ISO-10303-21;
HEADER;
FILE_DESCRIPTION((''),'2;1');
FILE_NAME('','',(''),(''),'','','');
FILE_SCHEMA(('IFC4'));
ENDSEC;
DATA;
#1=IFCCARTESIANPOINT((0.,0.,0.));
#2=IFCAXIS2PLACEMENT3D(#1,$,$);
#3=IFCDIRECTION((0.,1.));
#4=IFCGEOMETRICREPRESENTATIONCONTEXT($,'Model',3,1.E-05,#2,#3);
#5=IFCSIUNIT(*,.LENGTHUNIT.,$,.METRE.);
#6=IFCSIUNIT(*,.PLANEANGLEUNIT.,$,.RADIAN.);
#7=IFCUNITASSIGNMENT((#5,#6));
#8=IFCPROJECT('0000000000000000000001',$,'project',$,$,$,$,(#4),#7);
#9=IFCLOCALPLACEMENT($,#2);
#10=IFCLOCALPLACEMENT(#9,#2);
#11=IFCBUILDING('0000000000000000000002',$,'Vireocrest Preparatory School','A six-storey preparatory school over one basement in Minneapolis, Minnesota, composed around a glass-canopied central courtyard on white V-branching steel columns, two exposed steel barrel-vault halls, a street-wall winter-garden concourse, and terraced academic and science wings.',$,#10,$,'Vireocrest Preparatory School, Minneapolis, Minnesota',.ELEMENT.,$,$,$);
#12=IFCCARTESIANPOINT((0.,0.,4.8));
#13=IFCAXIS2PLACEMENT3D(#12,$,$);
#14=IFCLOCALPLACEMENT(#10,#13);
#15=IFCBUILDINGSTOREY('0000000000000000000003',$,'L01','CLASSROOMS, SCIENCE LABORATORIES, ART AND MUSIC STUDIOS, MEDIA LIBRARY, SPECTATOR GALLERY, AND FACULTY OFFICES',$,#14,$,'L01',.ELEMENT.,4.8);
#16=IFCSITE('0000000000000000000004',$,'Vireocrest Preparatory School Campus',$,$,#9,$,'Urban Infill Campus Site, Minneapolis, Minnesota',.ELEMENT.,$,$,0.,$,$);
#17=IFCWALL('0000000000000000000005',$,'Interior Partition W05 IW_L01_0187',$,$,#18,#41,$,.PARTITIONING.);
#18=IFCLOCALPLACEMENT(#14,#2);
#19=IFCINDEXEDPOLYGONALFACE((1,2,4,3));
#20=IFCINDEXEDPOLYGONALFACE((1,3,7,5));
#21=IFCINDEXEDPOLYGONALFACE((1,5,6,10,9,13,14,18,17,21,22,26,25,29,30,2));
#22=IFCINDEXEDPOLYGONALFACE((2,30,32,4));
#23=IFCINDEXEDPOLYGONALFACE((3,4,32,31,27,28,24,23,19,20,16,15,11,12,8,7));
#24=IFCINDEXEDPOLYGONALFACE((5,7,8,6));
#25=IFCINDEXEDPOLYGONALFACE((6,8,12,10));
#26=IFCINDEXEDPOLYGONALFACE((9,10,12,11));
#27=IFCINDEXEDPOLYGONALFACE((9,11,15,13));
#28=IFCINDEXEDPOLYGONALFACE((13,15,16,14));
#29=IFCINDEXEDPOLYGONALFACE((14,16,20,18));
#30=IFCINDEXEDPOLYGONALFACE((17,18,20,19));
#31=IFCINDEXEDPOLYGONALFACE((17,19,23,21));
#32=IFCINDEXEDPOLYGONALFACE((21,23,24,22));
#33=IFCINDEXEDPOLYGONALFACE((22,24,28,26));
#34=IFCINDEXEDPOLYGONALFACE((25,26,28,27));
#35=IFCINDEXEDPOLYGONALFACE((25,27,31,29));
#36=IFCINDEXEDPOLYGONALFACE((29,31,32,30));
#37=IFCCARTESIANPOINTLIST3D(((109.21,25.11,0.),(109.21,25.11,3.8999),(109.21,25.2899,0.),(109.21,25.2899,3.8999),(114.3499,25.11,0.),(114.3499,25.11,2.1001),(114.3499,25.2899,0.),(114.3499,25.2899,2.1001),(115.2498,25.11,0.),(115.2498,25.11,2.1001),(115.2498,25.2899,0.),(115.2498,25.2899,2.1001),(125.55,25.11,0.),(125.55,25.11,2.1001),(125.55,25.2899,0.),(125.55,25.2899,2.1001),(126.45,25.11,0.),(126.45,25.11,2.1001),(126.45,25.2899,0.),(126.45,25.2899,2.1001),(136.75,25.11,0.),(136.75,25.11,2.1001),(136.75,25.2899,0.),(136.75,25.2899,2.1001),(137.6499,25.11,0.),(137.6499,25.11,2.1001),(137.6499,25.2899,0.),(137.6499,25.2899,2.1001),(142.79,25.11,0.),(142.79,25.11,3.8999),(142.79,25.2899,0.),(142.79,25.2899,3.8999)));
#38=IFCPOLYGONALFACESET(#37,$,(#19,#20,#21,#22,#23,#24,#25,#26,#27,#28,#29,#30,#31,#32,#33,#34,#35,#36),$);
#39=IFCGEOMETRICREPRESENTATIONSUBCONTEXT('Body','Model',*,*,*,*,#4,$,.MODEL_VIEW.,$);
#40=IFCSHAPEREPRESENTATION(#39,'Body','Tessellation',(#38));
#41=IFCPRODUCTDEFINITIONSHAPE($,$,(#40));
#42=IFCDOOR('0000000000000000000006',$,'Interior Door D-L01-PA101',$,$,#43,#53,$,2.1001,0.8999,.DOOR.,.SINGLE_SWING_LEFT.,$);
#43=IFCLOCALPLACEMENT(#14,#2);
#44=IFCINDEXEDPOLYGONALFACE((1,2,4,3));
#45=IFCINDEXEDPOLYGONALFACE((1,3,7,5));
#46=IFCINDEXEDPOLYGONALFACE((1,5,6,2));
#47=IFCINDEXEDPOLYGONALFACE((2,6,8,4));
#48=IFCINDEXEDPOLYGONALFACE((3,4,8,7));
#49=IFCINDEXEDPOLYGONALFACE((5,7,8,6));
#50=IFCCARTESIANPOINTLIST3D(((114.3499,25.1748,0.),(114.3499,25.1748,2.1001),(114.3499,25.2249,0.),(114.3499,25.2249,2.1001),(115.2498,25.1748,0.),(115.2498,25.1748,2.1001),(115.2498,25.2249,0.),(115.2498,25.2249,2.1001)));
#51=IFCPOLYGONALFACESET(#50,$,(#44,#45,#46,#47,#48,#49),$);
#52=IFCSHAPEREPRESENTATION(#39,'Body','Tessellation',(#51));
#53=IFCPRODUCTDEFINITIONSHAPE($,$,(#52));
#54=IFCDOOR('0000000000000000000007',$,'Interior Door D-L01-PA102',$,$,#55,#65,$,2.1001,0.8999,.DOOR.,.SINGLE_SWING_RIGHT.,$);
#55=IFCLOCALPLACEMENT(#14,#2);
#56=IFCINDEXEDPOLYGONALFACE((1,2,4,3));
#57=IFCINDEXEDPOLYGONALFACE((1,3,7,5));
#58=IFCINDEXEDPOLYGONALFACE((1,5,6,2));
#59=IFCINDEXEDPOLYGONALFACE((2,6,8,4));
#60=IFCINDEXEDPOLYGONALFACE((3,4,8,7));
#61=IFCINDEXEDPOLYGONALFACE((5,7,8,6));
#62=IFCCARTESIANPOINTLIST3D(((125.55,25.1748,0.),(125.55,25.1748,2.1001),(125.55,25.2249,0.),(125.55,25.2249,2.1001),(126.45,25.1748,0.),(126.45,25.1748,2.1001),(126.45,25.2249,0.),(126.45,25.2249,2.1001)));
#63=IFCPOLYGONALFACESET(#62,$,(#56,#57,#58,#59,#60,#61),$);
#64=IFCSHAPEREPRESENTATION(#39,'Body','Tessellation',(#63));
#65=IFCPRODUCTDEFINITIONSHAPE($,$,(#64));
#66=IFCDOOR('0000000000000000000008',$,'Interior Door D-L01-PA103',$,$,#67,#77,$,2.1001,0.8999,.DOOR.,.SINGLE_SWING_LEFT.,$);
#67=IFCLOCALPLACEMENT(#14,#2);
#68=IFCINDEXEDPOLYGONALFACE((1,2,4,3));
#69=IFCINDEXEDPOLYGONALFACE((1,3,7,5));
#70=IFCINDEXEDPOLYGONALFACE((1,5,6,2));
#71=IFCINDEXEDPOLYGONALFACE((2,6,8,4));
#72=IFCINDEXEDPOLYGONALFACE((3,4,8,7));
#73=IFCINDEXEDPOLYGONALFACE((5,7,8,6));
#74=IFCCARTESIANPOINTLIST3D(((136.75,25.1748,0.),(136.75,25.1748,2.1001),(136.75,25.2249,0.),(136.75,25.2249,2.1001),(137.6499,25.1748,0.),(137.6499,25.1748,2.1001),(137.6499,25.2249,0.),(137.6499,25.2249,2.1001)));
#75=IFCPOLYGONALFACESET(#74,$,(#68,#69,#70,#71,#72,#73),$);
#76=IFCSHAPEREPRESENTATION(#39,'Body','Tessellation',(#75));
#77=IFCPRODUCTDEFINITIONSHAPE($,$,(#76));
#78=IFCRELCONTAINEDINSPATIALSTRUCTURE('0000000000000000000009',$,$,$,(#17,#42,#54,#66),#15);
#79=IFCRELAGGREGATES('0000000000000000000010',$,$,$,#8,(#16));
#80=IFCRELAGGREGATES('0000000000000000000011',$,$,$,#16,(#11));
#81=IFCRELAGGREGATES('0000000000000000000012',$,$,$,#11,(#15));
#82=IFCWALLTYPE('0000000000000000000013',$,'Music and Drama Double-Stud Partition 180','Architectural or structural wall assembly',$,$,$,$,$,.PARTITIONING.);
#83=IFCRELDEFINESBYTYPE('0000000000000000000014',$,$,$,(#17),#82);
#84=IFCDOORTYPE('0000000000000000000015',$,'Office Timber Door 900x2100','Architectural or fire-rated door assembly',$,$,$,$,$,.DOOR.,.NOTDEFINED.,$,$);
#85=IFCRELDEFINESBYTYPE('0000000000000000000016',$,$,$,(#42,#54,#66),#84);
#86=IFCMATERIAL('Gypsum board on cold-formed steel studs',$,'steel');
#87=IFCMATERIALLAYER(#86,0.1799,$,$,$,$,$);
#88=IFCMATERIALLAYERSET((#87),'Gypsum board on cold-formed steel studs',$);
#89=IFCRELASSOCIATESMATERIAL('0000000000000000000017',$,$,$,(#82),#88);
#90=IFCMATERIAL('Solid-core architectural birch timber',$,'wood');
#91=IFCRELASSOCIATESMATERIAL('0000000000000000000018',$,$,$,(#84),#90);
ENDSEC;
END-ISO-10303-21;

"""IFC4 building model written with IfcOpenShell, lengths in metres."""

from ifc_helpers import new_model, si_unit, direction, frame, frame_2d, origin, place, context, subcontext, project, spatial, rectangle, extrude, material, layer, layer_set, type_object, element, fill, save


model = new_model("IFC4")

# Units and contexts
model_context = context("Model", 3, precision=1e-05, world=origin(), true_north=direction((0.0, 1.0)))
body_context = subcontext(model_context, "Body", "Model", "MODEL_VIEW")
ifc_project = project(units=[si_unit("LENGTHUNIT", "METRE"), si_unit("PLANEANGLEUNIT", "RADIAN")], contexts=[model_context])

# Site, building, storey
site_placement = place(None, origin())
site = spatial("IfcSite", under=ifc_project, at=site_placement, Name="Vireocrest Preparatory School Campus", LongName="Urban Infill Campus Site, Minneapolis, Minnesota", CompositionType="ELEMENT", RefElevation=0.0)
building_placement = place(site_placement, origin())
building = spatial("IfcBuilding", under=site, at=building_placement, Name="Vireocrest Preparatory School", Description="A six-storey preparatory school over one basement in Minneapolis, Minnesota, composed around a glass-canopied central courtyard on white V-branching steel columns, two exposed steel barrel-vault halls, a street-wall winter-garden concourse, and terraced academic and science wings.", LongName="Vireocrest Preparatory School, Minneapolis, Minnesota", CompositionType="ELEMENT")
storey_placement = place(building_placement, frame((0.0, 0.0, 4.8)))
storey = spatial("IfcBuildingStorey", under=building, at=storey_placement, Name="L01", Description="CLASSROOMS, SCIENCE LABORATORIES, ART AND MUSIC STUDIOS, MEDIA LIBRARY, SPECTATOR GALLERY, AND FACULTY OFFICES", LongName="L01", CompositionType="ELEMENT", Elevation=4.8)

# Shared definitions
ifc_material_1 = material(Name="Gypsum board on cold-formed steel studs", Category="steel")

# Wall, openings, doors
ifc_layer_1 = layer(ifc_material_1, 0.1799)
ifc_layer_set_1 = layer_set([ifc_layer_1], Name="Gypsum board on cold-formed steel studs")
wall_type_1 = type_object("IfcWallType", Name="Music and Drama Double-Stud Partition 180", Description="Architectural or structural wall assembly", PredefinedType="PARTITIONING", material=ifc_layer_set_1)
wall_1_placement = place(storey_placement, frame((109.21, 25.2, 0.0), z_axis=(0.0, 0.0, 1.0), x_axis=(1.0, 0.0, 0.0)))
wall_1 = element("IfcWall", 1, at=wall_1_placement, inside=storey, type_object=wall_type_1, Name="Interior Partition W05 IW_L01_0187", PredefinedType="PARTITIONING", context=body_context, shape_type="SweptSolid", body=[
    extrude(rectangle(XDim=33.5801, YDim=0.1799, at=frame_2d((16.79, 0.0))), origin(), (0.0, 0.0, 1.0), 3.8999),
])
opening_1_placement = place(wall_1_placement, frame((5.1399, 0.0, 0.0)))
opening_1 = element("IfcOpeningElement", 2, at=opening_1_placement, cuts=wall_1, PredefinedType="OPENING", context=body_context, shape_type="SweptSolid", body=[
    extrude(rectangle(XDim=0.8999, YDim=2.1001, at=frame_2d((0.45, 1.05))), frame((0.0, 0.0999, 0.0), z_axis=(0.0, -1.0, 0.0), x_axis=(1.0, 0.0, 0.0)), (0.0, 0.0, 1.0), 0.2),
])
opening_2_placement = place(wall_1_placement, frame((16.3401, 0.0, 0.0)))
opening_2 = element("IfcOpeningElement", 3, at=opening_2_placement, cuts=wall_1, PredefinedType="OPENING", context=body_context, shape_type="SweptSolid", body=[
    extrude(rectangle(XDim=0.8999, YDim=2.1001, at=frame_2d((0.45, 1.05))), frame((0.0, 0.0999, 0.0), z_axis=(0.0, -1.0, 0.0), x_axis=(1.0, 0.0, 0.0)), (0.0, 0.0, 1.0), 0.2),
])
opening_3_placement = place(wall_1_placement, frame((27.54, 0.0, 0.0)))
opening_3 = element("IfcOpeningElement", 4, at=opening_3_placement, cuts=wall_1, PredefinedType="OPENING", context=body_context, shape_type="SweptSolid", body=[
    extrude(rectangle(XDim=0.8999, YDim=2.1001, at=frame_2d((0.45, 1.05))), frame((0.0, 0.0999, 0.0), z_axis=(0.0, -1.0, 0.0), x_axis=(1.0, 0.0, 0.0)), (0.0, 0.0, 1.0), 0.2),
])
ifc_material_2 = material(Name="Solid-core architectural birch timber", Category="wood")
door_type = type_object("IfcDoorType", Name="Office Timber Door 900x2100", Description="Architectural or fire-rated door assembly", OperationType="NOTDEFINED", PredefinedType="DOOR", material=ifc_material_2)
door_1_placement = place(opening_1_placement, origin())
door_1 = element("IfcDoor", 5, at=door_1_placement, inside=storey, type_object=door_type, Name="Interior Door D-L01-PA101", OperationType="SINGLE_SWING_LEFT", OverallHeight=2.1001, OverallWidth=0.8999, PredefinedType="DOOR", context=body_context, shape_type="SweptSolid", body=[
    extrude(rectangle(XDim=0.8999, YDim=2.1001, at=frame_2d((0.45, 1.05))), frame((0.0, 0.0249, 0.0), z_axis=(0.0, -1.0, 0.0), x_axis=(1.0, 0.0, 0.0)), (0.0, 0.0, 1.0), 0.05),
])
fill(opening_1, door_1)
door_2_placement = place(opening_2_placement, origin())
door_2 = element("IfcDoor", 6, at=door_2_placement, inside=storey, type_object=door_type, Name="Interior Door D-L01-PA102", OperationType="SINGLE_SWING_RIGHT", OverallHeight=2.1001, OverallWidth=0.8999, PredefinedType="DOOR", context=body_context, shape_type="SweptSolid", body=[
    extrude(rectangle(XDim=0.8999, YDim=2.1001, at=frame_2d((0.45, 1.05))), frame((0.0, 0.0249, 0.0), z_axis=(0.0, -1.0, 0.0), x_axis=(1.0, 0.0, 0.0)), (0.0, 0.0, 1.0), 0.05),
])
fill(opening_2, door_2)
door_3_placement = place(opening_3_placement, origin())
door_3 = element("IfcDoor", 7, at=door_3_placement, inside=storey, type_object=door_type, Name="Interior Door D-L01-PA103", OperationType="SINGLE_SWING_LEFT", OverallHeight=2.1001, OverallWidth=0.8999, PredefinedType="DOOR", context=body_context, shape_type="SweptSolid", body=[
    extrude(rectangle(XDim=0.8999, YDim=2.1001, at=frame_2d((0.45, 1.05))), frame((0.0, 0.0249, 0.0), z_axis=(0.0, -1.0, 0.0), x_axis=(1.0, 0.0, 0.0)), (0.0, 0.0, 1.0), 0.05),
])
fill(opening_3, door_3)

save(model, "model.ifc")
